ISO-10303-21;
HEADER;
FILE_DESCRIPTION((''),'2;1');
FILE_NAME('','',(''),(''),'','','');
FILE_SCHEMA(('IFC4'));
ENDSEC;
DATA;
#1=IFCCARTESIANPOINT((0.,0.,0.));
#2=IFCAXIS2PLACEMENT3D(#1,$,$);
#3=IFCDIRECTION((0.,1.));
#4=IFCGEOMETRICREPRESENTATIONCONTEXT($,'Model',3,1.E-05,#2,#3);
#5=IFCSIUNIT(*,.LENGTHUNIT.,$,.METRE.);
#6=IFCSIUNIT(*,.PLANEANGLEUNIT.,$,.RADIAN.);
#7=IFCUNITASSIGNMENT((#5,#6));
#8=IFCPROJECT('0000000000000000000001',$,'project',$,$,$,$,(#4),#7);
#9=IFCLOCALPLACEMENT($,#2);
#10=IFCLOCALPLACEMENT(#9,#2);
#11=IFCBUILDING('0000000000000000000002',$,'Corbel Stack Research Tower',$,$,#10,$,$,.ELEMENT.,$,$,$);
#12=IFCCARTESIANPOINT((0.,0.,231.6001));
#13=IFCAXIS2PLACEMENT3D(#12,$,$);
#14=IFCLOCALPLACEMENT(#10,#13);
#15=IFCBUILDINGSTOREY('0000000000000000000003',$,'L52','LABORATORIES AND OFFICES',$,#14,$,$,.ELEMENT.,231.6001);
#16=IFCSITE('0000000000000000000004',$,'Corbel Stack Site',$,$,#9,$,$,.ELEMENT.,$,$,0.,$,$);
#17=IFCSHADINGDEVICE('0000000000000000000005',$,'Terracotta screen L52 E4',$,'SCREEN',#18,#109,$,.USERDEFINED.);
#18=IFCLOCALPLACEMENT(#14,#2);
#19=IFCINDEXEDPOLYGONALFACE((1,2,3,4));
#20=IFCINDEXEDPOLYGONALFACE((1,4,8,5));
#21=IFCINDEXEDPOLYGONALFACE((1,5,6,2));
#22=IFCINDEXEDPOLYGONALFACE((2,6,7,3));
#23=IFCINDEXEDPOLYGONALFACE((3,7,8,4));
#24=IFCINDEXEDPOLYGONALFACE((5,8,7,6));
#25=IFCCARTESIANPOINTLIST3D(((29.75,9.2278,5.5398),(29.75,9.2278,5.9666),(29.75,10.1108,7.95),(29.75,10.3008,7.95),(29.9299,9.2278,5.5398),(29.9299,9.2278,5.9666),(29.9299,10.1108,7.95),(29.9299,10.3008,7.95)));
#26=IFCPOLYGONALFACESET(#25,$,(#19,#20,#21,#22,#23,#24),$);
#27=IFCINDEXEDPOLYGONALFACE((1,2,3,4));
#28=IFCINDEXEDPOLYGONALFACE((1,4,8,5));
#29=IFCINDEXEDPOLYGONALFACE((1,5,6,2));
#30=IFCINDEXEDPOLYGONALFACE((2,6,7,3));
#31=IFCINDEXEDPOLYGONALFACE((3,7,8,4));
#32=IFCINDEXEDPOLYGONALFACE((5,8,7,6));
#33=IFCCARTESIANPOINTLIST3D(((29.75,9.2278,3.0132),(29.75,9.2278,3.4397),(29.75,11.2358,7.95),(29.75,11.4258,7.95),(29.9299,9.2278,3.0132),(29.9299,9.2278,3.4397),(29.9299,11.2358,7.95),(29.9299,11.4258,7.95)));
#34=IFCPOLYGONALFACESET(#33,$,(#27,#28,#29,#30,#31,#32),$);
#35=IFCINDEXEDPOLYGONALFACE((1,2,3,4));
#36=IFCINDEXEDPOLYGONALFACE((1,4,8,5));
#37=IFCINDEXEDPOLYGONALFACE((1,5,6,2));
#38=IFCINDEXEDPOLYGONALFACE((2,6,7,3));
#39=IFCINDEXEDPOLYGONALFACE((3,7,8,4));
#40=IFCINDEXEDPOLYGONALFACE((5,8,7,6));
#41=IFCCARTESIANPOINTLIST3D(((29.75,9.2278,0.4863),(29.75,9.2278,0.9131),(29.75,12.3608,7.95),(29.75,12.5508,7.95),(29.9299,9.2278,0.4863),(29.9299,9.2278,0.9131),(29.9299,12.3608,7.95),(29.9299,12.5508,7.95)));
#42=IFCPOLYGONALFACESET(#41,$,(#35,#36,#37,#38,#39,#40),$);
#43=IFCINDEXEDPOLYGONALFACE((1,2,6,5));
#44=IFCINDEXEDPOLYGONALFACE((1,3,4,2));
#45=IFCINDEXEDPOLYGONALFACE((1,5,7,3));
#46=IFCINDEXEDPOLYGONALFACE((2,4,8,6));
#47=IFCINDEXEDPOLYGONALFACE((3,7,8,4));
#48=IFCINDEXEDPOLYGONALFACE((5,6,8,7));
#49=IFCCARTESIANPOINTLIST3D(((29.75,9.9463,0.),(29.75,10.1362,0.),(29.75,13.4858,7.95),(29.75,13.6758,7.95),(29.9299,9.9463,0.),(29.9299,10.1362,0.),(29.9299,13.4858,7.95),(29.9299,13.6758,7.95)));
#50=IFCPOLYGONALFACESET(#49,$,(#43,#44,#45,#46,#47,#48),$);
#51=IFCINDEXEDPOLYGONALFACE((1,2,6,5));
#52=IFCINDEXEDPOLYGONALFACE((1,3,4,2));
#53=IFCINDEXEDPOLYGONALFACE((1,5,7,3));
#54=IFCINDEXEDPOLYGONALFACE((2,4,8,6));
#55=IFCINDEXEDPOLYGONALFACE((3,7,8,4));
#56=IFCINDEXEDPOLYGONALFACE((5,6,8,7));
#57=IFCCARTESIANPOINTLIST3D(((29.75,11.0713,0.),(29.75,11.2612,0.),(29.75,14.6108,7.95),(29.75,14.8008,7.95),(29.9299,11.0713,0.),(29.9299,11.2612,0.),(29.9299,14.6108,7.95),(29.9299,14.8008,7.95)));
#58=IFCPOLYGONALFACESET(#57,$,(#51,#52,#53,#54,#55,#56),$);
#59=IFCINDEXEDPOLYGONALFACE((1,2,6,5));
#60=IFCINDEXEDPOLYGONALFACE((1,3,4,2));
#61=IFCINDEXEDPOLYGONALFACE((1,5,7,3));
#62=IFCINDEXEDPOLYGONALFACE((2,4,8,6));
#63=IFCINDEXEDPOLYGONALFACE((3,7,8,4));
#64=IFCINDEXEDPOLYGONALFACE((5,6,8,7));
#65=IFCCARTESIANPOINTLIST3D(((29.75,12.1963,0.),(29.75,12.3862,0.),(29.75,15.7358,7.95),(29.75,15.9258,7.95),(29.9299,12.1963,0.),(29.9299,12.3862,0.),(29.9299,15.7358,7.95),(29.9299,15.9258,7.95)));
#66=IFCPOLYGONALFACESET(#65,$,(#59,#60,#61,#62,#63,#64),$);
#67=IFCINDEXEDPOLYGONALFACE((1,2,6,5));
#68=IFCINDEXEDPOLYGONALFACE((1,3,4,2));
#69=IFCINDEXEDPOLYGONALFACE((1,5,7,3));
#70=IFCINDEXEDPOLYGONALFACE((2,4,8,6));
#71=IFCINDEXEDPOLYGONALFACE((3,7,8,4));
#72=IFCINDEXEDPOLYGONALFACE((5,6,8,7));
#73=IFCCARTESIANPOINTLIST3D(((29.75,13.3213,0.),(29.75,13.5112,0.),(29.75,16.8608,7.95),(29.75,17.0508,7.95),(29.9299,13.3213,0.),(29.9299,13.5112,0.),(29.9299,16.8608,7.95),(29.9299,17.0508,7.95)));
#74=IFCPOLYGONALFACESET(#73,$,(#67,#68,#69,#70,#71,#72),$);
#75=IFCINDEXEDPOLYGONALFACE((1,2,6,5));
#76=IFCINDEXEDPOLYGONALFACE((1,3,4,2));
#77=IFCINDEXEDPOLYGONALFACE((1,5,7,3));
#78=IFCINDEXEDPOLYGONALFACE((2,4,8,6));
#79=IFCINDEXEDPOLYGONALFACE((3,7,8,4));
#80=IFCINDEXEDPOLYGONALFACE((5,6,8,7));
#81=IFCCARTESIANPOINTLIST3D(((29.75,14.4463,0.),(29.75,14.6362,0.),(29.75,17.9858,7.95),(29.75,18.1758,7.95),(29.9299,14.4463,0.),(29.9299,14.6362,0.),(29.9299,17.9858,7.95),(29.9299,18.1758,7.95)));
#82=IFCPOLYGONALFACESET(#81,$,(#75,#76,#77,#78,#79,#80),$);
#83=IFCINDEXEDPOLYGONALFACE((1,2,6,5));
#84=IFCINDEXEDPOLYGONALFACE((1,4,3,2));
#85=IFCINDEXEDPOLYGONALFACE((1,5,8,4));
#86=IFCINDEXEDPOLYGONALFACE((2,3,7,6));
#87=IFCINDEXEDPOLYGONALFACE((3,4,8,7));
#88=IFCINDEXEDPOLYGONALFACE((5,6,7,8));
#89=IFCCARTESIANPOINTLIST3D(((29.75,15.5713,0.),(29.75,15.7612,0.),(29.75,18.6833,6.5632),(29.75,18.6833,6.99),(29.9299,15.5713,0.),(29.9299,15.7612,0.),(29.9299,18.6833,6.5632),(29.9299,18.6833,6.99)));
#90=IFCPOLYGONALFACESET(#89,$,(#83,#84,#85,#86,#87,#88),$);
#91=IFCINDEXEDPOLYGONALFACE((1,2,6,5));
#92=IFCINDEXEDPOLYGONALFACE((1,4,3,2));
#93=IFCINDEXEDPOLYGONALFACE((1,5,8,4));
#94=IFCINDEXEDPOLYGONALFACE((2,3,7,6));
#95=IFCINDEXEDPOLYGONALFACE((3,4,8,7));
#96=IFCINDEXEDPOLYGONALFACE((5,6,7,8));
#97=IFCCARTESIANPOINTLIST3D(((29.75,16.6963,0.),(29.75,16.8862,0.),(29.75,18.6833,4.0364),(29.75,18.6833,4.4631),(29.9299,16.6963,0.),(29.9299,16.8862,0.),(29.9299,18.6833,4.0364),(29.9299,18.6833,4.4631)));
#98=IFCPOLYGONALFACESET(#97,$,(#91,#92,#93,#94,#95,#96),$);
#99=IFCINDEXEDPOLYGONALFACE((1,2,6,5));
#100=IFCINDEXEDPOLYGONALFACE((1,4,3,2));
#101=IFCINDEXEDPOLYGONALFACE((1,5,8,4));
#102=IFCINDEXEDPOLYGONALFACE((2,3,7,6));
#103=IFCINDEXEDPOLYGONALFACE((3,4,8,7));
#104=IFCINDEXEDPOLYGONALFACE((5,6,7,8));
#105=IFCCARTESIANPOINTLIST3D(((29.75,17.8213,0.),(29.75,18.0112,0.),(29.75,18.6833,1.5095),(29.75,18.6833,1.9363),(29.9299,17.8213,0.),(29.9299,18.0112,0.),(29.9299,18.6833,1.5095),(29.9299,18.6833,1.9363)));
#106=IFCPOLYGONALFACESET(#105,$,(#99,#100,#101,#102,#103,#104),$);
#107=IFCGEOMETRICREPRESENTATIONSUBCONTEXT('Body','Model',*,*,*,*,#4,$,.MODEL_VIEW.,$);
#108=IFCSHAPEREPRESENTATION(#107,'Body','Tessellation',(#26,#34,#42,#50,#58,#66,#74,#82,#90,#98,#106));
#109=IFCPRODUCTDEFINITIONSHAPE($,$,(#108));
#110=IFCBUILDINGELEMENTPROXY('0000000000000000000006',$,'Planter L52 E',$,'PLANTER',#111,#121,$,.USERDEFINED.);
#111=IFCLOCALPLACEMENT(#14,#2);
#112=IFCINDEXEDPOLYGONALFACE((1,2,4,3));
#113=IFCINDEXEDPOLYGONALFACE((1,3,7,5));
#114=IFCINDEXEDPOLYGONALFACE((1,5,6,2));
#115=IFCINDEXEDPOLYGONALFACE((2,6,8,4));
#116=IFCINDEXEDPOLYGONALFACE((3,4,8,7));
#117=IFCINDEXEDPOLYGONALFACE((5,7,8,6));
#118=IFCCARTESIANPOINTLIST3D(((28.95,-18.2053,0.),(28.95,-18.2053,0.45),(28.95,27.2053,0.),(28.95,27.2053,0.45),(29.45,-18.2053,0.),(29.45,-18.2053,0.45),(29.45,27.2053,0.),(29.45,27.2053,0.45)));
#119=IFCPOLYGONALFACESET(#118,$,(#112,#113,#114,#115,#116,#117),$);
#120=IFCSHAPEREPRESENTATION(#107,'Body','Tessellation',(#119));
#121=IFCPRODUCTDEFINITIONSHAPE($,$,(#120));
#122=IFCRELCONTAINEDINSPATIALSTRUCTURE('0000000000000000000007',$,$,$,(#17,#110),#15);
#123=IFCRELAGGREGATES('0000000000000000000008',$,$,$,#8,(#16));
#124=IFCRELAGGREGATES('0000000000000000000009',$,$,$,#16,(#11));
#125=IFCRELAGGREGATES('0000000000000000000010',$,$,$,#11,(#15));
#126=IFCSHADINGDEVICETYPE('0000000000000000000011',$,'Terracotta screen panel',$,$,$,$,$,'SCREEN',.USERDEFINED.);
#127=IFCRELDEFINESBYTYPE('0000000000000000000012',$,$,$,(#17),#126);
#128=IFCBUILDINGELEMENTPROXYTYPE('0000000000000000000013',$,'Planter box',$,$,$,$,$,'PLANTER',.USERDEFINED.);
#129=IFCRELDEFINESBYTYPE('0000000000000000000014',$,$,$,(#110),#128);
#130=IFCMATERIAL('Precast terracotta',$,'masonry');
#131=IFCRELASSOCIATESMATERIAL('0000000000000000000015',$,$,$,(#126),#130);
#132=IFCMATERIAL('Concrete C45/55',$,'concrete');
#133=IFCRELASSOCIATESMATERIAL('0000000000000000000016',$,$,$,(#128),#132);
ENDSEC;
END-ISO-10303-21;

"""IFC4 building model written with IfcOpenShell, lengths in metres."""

from ifc_helpers import new_model, si_unit, direction, frame, origin, origin_2d, place, context, subcontext, project, spatial, polyline, rectangle, outline, extrude, source, transform, mapped, material, type_object, element, save


model = new_model("IFC4")

# Units and contexts
model_context = context("Model", 3, precision=1e-05, world=origin(), true_north=direction((0.0, 1.0)))
body_context = subcontext(model_context, "Body", "Model", "MODEL_VIEW")
ifc_project = project(units=[si_unit("LENGTHUNIT", "METRE"), si_unit("PLANEANGLEUNIT", "RADIAN")], contexts=[model_context])

# Site, building, storey
site_placement = place(None, origin())
site = spatial("IfcSite", under=ifc_project, at=site_placement, Name="Corbel Stack Site", CompositionType="ELEMENT", RefElevation=0.0)
building_placement = place(site_placement, origin())
building = spatial("IfcBuilding", under=site, at=building_placement, Name="Corbel Stack Research Tower", CompositionType="ELEMENT")
storey_placement = place(building_placement, frame((0.0, 0.0, 231.6001)))
storey = spatial("IfcBuildingStorey", under=building, at=storey_placement, Name="L52", Description="LABORATORIES AND OFFICES", CompositionType="ELEMENT", Elevation=231.6001)

# Shading device
ifc_material_1 = material(Name="Precast terracotta", Category="masonry")
shading_device_type = type_object("IfcShadingDeviceType", Name="Terracotta screen panel", ElementType="SCREEN", PredefinedType="USERDEFINED", material=ifc_material_1)
shared_shape = source(origin(), body_context, "Body", "SweptSolid", [
    extrude(outline(polyline([(1.073, 7.95), (0.8831, 7.95), (0.0, 5.9666), (0.0, 5.5398), (1.073, 7.95)])), frame((0.0, 0.0, 0.0), z_axis=(0.0, -1.0, 0.0), x_axis=(1.0, 0.0, 0.0)), (0.0, 0.0, 1.0), 0.1799),
    extrude(outline(polyline([(2.198, 7.95), (2.0081, 7.95), (0.0, 3.4397), (0.0, 3.0132), (2.198, 7.95)])), frame((0.0, 0.0, 0.0), z_axis=(0.0, -1.0, 0.0), x_axis=(1.0, 0.0, 0.0)), (0.0, 0.0, 1.0), 0.1799),
    extrude(outline(polyline([(3.323, 7.95), (3.1331, 7.95), (0.0, 0.9131), (0.0, 0.4863), (3.323, 7.95)])), frame((0.0, 0.0, 0.0), z_axis=(0.0, -1.0, 0.0), x_axis=(1.0, 0.0, 0.0)), (0.0, 0.0, 1.0), 0.1799),
    extrude(outline(polyline([(0.9084, 0.0), (4.448, 7.95), (4.2581, 7.95), (0.7185, 0.0), (0.9084, 0.0)])), frame((0.0, 0.0, 0.0), z_axis=(0.0, -1.0, 0.0), x_axis=(1.0, 0.0, 0.0)), (0.0, 0.0, 1.0), 0.1799),
    extrude(outline(polyline([(2.0334, 0.0), (5.573, 7.95), (5.3831, 7.95), (1.8435, 0.0), (2.0334, 0.0)])), frame((0.0, 0.0, 0.0), z_axis=(0.0, -1.0, 0.0), x_axis=(1.0, 0.0, 0.0)), (0.0, 0.0, 1.0), 0.1799),
    extrude(outline(polyline([(3.1584, 0.0), (6.698, 7.95), (6.5081, 7.95), (2.9685, 0.0), (3.1584, 0.0)])), frame((0.0, 0.0, 0.0), z_axis=(0.0, -1.0, 0.0), x_axis=(1.0, 0.0, 0.0)), (0.0, 0.0, 1.0), 0.1799),
    extrude(outline(polyline([(4.2834, 0.0), (7.823, 7.95), (7.6331, 7.95), (4.0935, 0.0), (4.2834, 0.0)])), frame((0.0, 0.0, 0.0), z_axis=(0.0, -1.0, 0.0), x_axis=(1.0, 0.0, 0.0)), (0.0, 0.0, 1.0), 0.1799),
    extrude(outline(polyline([(5.4084, 0.0), (8.948, 7.95), (8.7581, 7.95), (5.2185, 0.0), (5.4084, 0.0)])), frame((0.0, 0.0, 0.0), z_axis=(0.0, -1.0, 0.0), x_axis=(1.0, 0.0, 0.0)), (0.0, 0.0, 1.0), 0.1799),
    extrude(outline(polyline([(6.5334, 0.0), (9.4556, 6.5632), (9.4556, 6.99), (6.3435, 0.0), (6.5334, 0.0)])), frame((0.0, 0.0, 0.0), z_axis=(0.0, -1.0, 0.0), x_axis=(1.0, 0.0, 0.0)), (0.0, 0.0, 1.0), 0.1799),
    extrude(outline(polyline([(7.6584, 0.0), (9.4556, 4.0364), (9.4556, 4.4631), (7.4685, 0.0), (7.6584, 0.0)])), frame((0.0, 0.0, 0.0), z_axis=(0.0, -1.0, 0.0), x_axis=(1.0, 0.0, 0.0)), (0.0, 0.0, 1.0), 0.1799),
    extrude(outline(polyline([(8.7834, 0.0), (9.4556, 1.5095), (9.4556, 1.9363), (8.5935, 0.0), (8.7834, 0.0)])), frame((0.0, 0.0, 0.0), z_axis=(0.0, -1.0, 0.0), x_axis=(1.0, 0.0, 0.0)), (0.0, 0.0, 1.0), 0.1799),
])
shading_device_placement = place(storey_placement, frame((29.75, 9.2278, 0.0), z_axis=(0.0, 0.0, 1.0), x_axis=(0.0, 1.0, 0.0)))
element("IfcShadingDevice", 1, at=shading_device_placement, inside=storey, type_object=shading_device_type, Name="Terracotta screen L52 E4", ObjectType="SCREEN", PredefinedType="USERDEFINED", context=body_context, shape_type="MappedRepresentation", body=[
    mapped(shared_shape, transform((0.0, 0.0, 0.0))),
])

# Building element proxy
ifc_material_2 = material(Name="Concrete C45/55", Category="concrete")
building_element_proxy_type = type_object("IfcBuildingElementProxyType", Name="Planter box", ElementType="PLANTER", PredefinedType="USERDEFINED", material=ifc_material_2)
proxy_placement = place(storey_placement, frame((29.2, 4.5, 0.0), z_axis=(0.0, 0.0, 1.0), x_axis=(0.0, 1.0, 0.0)))
element("IfcBuildingElementProxy", 2, at=proxy_placement, inside=storey, type_object=building_element_proxy_type, Name="Planter L52 E", ObjectType="PLANTER", PredefinedType="USERDEFINED", context=body_context, shape_type="SweptSolid", body=[
    extrude(rectangle(XDim=45.4106, YDim=0.5, at=origin_2d()), origin(), (0.0, 0.0, 1.0), 0.45),
])

save(model, "model.ifc")
